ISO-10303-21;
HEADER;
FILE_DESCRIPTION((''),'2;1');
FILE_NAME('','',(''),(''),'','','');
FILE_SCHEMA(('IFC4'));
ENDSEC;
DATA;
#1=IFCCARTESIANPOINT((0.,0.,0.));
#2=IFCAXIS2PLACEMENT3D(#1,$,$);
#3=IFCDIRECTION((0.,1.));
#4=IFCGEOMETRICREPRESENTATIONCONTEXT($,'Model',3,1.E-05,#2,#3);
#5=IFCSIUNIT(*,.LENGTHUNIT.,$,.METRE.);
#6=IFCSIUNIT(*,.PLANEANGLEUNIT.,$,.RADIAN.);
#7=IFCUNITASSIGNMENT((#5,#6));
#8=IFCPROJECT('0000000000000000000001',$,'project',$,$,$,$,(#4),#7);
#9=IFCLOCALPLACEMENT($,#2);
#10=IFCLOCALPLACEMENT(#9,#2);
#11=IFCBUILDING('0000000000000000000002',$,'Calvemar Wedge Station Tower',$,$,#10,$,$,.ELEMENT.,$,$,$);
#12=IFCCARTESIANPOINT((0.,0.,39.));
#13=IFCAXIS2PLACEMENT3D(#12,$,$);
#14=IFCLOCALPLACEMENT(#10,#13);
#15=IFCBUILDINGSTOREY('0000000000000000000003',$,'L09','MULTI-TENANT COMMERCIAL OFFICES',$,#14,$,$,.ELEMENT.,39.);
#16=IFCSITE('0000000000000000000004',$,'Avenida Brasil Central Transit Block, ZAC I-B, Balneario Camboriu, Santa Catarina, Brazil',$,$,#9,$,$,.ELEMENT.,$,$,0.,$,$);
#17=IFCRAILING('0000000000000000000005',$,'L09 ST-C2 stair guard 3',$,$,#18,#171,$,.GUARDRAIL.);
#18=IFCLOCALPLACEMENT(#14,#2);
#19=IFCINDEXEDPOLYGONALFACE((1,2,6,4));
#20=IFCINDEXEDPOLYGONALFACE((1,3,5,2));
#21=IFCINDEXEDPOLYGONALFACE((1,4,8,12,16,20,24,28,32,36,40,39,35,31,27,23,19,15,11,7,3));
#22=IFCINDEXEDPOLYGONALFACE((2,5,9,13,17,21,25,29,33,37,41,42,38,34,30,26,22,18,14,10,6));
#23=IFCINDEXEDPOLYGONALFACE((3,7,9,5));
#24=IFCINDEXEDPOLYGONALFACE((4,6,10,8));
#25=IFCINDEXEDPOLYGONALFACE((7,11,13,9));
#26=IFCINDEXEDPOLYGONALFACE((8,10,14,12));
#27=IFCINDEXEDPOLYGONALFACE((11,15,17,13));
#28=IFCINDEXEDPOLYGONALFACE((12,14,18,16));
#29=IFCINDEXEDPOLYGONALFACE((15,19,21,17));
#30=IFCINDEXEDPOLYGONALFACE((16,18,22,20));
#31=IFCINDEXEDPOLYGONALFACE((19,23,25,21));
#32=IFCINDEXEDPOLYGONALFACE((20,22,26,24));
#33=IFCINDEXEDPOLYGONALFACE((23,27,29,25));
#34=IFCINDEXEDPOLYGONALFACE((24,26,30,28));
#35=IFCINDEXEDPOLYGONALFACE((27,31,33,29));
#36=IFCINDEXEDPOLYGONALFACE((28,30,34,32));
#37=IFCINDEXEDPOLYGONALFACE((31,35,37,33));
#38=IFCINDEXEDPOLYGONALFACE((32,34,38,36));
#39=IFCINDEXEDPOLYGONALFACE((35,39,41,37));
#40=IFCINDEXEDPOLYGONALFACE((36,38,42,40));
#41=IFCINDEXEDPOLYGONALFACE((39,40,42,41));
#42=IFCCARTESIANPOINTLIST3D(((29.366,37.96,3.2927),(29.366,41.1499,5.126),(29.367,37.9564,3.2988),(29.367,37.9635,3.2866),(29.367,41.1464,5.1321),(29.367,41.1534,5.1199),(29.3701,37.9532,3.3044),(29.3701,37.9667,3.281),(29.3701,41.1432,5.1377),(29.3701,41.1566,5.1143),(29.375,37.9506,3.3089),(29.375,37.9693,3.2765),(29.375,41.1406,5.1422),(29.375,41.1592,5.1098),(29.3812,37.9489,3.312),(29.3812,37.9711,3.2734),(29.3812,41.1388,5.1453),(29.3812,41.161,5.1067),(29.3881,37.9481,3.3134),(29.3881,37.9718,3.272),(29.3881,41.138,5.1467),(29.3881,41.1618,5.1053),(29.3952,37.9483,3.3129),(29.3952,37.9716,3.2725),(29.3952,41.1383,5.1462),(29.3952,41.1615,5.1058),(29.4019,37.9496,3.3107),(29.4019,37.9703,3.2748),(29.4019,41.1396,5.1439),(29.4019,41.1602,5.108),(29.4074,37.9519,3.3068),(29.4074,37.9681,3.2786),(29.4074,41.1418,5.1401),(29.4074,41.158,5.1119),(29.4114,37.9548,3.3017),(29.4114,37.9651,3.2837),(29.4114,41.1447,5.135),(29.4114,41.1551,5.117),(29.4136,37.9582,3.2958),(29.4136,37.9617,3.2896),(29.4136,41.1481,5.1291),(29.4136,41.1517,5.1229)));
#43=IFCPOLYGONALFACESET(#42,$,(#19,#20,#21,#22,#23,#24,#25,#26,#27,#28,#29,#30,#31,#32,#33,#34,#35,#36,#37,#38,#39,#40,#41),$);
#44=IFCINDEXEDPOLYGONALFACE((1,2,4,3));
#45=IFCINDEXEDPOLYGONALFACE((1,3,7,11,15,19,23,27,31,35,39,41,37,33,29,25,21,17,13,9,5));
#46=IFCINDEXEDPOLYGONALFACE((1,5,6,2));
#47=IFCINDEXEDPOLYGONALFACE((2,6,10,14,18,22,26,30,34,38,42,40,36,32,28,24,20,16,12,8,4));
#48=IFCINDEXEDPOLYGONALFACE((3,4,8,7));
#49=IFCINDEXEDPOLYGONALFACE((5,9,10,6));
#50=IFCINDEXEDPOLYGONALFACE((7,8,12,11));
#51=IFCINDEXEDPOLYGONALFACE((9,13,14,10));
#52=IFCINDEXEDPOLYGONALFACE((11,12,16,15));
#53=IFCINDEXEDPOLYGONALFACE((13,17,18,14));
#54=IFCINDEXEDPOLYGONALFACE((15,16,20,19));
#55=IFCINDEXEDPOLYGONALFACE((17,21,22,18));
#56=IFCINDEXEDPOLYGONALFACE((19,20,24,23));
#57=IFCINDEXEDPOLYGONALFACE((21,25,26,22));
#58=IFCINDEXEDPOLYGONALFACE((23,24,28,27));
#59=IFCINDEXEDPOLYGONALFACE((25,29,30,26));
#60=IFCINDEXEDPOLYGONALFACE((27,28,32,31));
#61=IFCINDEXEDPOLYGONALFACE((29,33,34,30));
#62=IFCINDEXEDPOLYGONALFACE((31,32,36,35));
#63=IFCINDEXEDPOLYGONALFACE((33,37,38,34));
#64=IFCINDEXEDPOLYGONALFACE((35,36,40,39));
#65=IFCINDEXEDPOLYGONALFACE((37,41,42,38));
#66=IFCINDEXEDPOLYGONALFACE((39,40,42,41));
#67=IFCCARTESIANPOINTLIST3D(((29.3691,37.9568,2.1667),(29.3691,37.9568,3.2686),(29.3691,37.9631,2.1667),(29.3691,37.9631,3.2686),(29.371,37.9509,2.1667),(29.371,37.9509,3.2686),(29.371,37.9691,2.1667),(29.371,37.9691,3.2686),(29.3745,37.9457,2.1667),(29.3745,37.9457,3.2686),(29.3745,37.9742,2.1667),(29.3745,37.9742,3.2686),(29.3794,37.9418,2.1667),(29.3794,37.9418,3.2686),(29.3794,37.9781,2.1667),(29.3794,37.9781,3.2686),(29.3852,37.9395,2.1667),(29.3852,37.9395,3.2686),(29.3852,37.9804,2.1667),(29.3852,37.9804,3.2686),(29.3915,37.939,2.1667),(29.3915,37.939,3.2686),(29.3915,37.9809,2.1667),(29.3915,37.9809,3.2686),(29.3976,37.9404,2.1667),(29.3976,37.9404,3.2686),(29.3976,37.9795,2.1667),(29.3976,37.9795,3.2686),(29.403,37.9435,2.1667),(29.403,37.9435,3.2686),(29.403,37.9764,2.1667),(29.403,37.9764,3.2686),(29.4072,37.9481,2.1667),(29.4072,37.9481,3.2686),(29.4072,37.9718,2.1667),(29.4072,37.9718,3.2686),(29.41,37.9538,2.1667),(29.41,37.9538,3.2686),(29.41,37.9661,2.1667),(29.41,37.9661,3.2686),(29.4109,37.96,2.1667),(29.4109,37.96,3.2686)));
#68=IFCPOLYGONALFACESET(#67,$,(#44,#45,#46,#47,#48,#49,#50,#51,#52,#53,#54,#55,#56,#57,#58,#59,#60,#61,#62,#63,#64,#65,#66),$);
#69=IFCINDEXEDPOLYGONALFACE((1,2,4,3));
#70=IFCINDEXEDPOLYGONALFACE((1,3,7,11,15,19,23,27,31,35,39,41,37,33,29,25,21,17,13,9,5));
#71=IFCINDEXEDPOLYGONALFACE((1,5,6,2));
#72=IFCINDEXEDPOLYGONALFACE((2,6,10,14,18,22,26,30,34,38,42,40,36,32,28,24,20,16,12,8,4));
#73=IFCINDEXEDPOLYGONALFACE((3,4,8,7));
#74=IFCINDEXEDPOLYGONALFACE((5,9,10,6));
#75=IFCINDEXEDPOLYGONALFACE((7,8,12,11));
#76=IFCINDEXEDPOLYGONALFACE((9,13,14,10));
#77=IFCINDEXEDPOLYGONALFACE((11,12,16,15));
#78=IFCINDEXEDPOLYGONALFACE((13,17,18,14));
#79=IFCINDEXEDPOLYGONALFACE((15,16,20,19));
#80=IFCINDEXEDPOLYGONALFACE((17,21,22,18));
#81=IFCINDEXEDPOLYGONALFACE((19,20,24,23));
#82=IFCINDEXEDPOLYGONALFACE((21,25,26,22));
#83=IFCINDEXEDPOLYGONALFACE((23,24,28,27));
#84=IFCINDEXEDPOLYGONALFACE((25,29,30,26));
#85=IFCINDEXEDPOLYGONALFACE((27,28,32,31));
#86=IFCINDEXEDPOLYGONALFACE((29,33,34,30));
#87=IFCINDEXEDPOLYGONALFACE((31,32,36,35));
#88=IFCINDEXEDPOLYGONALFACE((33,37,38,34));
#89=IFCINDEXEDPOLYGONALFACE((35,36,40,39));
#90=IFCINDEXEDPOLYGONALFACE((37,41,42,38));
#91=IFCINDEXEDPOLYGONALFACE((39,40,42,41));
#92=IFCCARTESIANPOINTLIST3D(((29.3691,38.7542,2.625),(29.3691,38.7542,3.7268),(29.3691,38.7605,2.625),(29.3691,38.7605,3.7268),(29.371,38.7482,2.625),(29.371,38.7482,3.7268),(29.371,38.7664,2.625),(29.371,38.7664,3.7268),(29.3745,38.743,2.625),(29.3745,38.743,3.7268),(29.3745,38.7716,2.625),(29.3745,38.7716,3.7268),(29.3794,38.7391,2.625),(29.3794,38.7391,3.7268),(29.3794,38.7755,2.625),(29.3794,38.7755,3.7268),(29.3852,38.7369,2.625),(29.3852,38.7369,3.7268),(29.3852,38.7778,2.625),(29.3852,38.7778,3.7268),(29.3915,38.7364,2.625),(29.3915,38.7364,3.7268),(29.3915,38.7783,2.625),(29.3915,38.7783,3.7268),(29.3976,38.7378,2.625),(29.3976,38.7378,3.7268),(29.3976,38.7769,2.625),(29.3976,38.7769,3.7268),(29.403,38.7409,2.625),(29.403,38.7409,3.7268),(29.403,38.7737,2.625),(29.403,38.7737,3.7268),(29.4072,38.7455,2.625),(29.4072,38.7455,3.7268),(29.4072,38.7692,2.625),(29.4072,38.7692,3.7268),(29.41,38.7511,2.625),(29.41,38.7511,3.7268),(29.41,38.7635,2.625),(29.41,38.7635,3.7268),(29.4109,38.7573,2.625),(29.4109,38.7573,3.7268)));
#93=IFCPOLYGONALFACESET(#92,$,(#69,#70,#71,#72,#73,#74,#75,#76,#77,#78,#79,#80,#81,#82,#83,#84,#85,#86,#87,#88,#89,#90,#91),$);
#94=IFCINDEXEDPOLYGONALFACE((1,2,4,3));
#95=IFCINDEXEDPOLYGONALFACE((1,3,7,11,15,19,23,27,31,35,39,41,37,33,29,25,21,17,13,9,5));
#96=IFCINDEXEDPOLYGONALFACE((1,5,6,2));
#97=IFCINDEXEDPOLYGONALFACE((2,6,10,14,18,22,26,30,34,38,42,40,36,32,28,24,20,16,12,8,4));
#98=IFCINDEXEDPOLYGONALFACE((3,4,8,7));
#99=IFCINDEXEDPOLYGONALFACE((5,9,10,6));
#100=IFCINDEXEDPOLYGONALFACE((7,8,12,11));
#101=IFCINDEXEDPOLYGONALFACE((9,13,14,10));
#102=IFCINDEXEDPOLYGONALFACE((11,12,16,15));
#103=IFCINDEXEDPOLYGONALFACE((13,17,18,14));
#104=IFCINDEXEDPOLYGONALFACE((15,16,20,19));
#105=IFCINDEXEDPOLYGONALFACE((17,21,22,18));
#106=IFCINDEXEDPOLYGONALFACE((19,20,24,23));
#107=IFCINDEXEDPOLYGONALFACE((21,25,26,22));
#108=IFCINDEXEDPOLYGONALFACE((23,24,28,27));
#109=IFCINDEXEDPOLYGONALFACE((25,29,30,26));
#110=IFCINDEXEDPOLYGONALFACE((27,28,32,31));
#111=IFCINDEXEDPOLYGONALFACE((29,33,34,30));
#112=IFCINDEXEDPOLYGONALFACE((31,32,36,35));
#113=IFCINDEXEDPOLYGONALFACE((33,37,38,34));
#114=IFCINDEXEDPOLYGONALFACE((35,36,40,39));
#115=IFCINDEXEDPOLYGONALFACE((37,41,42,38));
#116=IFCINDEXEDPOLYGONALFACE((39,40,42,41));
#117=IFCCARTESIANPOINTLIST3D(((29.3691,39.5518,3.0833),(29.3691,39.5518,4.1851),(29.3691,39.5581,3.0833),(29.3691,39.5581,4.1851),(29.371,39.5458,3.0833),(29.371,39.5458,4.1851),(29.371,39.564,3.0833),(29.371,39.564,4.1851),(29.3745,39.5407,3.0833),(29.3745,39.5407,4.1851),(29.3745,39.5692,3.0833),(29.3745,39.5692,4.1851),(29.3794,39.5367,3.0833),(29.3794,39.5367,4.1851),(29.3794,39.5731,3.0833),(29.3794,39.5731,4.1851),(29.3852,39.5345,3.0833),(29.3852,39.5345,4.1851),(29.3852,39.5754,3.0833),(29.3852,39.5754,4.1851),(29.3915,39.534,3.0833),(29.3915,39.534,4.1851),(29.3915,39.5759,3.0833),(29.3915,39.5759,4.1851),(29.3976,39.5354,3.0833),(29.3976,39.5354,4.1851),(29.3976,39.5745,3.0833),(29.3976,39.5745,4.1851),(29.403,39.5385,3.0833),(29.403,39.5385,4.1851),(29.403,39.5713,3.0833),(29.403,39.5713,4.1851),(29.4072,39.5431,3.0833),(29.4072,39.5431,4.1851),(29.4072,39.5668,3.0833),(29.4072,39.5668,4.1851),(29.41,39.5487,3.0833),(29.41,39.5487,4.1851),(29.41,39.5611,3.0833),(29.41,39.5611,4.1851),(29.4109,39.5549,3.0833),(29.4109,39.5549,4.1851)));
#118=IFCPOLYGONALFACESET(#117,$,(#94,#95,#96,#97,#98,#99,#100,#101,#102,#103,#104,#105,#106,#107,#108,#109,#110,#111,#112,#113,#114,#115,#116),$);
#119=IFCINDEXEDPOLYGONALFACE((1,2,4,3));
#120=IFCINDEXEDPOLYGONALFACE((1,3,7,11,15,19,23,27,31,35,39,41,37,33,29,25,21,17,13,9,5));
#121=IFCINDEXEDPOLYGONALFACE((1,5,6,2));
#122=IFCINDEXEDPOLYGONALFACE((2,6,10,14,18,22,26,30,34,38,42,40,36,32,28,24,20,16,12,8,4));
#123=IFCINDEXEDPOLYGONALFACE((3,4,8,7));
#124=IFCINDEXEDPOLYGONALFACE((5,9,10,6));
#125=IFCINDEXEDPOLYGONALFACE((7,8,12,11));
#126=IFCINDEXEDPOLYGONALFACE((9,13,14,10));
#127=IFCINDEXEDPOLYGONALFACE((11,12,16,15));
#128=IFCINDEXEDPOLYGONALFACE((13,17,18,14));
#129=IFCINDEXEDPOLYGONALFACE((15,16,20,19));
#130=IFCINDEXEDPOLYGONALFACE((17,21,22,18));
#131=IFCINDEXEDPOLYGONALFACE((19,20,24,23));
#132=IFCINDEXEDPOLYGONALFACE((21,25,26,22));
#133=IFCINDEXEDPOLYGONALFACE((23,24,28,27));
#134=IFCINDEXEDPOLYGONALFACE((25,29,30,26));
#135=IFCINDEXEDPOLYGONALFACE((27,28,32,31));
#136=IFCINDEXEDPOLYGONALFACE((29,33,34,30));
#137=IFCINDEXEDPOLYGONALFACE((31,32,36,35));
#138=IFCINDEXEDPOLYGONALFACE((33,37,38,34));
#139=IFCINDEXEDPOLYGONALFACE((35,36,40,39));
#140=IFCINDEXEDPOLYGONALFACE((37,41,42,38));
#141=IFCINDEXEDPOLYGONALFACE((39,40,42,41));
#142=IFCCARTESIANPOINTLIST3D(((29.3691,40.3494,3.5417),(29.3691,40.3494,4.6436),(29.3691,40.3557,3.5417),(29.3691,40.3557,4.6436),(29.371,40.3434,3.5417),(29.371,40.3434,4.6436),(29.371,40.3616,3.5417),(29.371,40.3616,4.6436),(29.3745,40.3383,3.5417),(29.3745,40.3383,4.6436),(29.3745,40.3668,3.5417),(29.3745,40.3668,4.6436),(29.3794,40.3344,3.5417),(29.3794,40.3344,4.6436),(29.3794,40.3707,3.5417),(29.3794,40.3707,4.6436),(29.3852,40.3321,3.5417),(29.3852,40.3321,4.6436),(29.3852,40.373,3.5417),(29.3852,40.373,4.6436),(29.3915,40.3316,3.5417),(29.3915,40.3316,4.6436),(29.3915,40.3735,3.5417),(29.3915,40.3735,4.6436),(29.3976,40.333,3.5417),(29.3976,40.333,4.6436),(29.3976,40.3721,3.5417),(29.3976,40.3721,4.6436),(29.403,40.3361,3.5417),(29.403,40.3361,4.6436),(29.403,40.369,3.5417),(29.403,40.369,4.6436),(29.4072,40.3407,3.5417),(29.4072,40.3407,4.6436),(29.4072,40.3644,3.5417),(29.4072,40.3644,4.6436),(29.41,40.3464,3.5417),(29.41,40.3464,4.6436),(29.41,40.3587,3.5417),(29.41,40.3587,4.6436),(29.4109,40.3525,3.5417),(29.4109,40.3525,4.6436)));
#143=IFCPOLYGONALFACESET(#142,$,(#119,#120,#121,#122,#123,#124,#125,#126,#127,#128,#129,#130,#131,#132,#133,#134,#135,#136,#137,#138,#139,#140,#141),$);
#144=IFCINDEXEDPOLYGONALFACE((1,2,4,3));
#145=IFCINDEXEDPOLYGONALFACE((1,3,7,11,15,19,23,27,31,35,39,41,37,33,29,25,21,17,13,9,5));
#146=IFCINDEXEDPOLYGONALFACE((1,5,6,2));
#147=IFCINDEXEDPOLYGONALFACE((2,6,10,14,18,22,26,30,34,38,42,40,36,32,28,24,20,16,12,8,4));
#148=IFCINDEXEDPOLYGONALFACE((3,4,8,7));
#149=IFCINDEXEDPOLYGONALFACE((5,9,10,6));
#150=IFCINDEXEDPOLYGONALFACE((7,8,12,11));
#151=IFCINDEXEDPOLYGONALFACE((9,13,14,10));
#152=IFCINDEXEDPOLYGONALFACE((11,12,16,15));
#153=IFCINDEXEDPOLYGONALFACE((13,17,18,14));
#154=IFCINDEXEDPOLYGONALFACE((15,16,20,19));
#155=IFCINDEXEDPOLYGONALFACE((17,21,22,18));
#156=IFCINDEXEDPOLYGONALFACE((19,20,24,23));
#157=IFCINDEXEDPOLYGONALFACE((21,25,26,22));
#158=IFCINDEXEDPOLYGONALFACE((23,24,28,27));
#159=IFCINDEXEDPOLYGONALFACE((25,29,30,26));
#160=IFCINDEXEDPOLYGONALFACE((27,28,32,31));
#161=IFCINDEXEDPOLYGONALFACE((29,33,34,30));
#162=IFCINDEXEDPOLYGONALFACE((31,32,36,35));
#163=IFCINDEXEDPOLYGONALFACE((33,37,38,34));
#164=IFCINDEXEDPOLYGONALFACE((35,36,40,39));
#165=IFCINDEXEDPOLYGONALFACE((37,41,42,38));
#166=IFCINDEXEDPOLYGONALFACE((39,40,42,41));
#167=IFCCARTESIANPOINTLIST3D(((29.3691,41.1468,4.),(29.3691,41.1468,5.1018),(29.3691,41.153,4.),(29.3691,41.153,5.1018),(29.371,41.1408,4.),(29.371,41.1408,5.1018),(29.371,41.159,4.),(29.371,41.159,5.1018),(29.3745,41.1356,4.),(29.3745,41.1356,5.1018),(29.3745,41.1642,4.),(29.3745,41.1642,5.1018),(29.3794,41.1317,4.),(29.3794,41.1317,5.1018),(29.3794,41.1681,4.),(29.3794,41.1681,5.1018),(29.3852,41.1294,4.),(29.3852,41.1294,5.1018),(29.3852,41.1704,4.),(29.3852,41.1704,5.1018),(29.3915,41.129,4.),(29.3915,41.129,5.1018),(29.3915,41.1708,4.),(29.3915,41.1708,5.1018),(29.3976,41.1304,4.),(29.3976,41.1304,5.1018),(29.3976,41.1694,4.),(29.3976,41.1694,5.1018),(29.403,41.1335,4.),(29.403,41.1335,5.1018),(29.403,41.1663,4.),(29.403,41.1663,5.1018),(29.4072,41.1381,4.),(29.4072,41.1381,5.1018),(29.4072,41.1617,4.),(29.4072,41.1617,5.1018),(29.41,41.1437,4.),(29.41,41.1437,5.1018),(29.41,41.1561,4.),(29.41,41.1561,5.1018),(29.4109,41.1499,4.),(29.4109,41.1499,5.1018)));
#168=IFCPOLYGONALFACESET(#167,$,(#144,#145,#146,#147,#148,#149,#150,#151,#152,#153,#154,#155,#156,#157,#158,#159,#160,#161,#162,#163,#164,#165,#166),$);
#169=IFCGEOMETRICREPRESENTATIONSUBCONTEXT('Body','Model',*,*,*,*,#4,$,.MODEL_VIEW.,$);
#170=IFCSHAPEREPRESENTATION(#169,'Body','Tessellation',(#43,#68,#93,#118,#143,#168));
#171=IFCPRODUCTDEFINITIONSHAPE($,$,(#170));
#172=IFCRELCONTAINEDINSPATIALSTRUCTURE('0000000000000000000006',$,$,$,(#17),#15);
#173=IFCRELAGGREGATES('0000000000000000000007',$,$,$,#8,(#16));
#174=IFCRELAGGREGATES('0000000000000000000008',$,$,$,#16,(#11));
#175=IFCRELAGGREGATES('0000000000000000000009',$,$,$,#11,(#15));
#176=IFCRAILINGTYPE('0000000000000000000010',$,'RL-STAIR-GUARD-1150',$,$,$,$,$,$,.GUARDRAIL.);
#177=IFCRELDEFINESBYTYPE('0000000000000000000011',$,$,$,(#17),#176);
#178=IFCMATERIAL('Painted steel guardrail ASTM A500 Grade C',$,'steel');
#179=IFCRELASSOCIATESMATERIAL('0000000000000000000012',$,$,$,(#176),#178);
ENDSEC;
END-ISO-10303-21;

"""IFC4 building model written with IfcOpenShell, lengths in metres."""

from ifc_helpers import new_model, si_unit, direction, frame, origin, origin_2d, place, context, subcontext, project, spatial, circle, extrude, material, type_object, element, save


model = new_model("IFC4")

# Units and contexts
model_context = context("Model", 3, precision=1e-05, world=origin(), true_north=direction((0.0, 1.0)))
body_context = subcontext(model_context, "Body", "Model", "MODEL_VIEW")
ifc_project = project(units=[si_unit("LENGTHUNIT", "METRE"), si_unit("PLANEANGLEUNIT", "RADIAN")], contexts=[model_context])

# Site, building, storey
site_placement = place(None, origin())
site = spatial("IfcSite", under=ifc_project, at=site_placement, Name="Avenida Brasil Central Transit Block, ZAC I-B, Balneario Camboriu, Santa Catarina, Brazil", CompositionType="ELEMENT", RefElevation=0.0)
building_placement = place(site_placement, origin())
building = spatial("IfcBuilding", under=site, at=building_placement, Name="Calvemar Wedge Station Tower", CompositionType="ELEMENT")
storey_placement = place(building_placement, frame((0.0, 0.0, 39.0)))
storey = spatial("IfcBuildingStorey", under=building, at=storey_placement, Name="L09", Description="MULTI-TENANT COMMERCIAL OFFICES", CompositionType="ELEMENT", Elevation=39.0)

# Railing
ifc_material_1 = material(Name="Painted steel guardrail ASTM A500 Grade C", Category="steel")
railing_type_1 = type_object("IfcRailingType", Name="RL-STAIR-GUARD-1150", PredefinedType="GUARDRAIL", material=ifc_material_1)
railing_1_placement = place(storey_placement, frame((29.3899, 37.96, 2.1667)))
element("IfcRailing", 1, at=railing_1_placement, inside=storey, type_object=railing_type_1, Name="L09 ST-C2 stair guard 3", PredefinedType="GUARDRAIL", context=body_context, shape_type="SweptSolid", body=[
    extrude(circle(Radius=0.0239, at=origin_2d()), frame((0.0, 0.0, 1.126), z_axis=(0.0, 0.86702, 0.498274), x_axis=(-1.0, 0.0, 0.0)), (0.0, 0.0, 1.0), 3.6792),
    extrude(circle(Radius=0.021, at=origin_2d()), origin(), (0.0, 0.0, 1.0), 1.1018),
    extrude(circle(Radius=0.021, at=origin_2d()), frame((0.0, 0.7974, 0.4583)), (0.0, 0.0, 1.0), 1.1018),
    extrude(circle(Radius=0.021, at=origin_2d()), frame((0.0, 1.595, 0.9165)), (0.0, 0.0, 1.0), 1.1018),
    extrude(circle(Radius=0.021, at=origin_2d()), frame((0.0, 2.3926, 1.375)), (0.0, 0.0, 1.0), 1.1018),
    extrude(circle(Radius=0.021, at=origin_2d()), frame((0.0, 3.1899, 1.8333)), (0.0, 0.0, 1.0), 1.1018),
])

save(model, "model.ifc")
